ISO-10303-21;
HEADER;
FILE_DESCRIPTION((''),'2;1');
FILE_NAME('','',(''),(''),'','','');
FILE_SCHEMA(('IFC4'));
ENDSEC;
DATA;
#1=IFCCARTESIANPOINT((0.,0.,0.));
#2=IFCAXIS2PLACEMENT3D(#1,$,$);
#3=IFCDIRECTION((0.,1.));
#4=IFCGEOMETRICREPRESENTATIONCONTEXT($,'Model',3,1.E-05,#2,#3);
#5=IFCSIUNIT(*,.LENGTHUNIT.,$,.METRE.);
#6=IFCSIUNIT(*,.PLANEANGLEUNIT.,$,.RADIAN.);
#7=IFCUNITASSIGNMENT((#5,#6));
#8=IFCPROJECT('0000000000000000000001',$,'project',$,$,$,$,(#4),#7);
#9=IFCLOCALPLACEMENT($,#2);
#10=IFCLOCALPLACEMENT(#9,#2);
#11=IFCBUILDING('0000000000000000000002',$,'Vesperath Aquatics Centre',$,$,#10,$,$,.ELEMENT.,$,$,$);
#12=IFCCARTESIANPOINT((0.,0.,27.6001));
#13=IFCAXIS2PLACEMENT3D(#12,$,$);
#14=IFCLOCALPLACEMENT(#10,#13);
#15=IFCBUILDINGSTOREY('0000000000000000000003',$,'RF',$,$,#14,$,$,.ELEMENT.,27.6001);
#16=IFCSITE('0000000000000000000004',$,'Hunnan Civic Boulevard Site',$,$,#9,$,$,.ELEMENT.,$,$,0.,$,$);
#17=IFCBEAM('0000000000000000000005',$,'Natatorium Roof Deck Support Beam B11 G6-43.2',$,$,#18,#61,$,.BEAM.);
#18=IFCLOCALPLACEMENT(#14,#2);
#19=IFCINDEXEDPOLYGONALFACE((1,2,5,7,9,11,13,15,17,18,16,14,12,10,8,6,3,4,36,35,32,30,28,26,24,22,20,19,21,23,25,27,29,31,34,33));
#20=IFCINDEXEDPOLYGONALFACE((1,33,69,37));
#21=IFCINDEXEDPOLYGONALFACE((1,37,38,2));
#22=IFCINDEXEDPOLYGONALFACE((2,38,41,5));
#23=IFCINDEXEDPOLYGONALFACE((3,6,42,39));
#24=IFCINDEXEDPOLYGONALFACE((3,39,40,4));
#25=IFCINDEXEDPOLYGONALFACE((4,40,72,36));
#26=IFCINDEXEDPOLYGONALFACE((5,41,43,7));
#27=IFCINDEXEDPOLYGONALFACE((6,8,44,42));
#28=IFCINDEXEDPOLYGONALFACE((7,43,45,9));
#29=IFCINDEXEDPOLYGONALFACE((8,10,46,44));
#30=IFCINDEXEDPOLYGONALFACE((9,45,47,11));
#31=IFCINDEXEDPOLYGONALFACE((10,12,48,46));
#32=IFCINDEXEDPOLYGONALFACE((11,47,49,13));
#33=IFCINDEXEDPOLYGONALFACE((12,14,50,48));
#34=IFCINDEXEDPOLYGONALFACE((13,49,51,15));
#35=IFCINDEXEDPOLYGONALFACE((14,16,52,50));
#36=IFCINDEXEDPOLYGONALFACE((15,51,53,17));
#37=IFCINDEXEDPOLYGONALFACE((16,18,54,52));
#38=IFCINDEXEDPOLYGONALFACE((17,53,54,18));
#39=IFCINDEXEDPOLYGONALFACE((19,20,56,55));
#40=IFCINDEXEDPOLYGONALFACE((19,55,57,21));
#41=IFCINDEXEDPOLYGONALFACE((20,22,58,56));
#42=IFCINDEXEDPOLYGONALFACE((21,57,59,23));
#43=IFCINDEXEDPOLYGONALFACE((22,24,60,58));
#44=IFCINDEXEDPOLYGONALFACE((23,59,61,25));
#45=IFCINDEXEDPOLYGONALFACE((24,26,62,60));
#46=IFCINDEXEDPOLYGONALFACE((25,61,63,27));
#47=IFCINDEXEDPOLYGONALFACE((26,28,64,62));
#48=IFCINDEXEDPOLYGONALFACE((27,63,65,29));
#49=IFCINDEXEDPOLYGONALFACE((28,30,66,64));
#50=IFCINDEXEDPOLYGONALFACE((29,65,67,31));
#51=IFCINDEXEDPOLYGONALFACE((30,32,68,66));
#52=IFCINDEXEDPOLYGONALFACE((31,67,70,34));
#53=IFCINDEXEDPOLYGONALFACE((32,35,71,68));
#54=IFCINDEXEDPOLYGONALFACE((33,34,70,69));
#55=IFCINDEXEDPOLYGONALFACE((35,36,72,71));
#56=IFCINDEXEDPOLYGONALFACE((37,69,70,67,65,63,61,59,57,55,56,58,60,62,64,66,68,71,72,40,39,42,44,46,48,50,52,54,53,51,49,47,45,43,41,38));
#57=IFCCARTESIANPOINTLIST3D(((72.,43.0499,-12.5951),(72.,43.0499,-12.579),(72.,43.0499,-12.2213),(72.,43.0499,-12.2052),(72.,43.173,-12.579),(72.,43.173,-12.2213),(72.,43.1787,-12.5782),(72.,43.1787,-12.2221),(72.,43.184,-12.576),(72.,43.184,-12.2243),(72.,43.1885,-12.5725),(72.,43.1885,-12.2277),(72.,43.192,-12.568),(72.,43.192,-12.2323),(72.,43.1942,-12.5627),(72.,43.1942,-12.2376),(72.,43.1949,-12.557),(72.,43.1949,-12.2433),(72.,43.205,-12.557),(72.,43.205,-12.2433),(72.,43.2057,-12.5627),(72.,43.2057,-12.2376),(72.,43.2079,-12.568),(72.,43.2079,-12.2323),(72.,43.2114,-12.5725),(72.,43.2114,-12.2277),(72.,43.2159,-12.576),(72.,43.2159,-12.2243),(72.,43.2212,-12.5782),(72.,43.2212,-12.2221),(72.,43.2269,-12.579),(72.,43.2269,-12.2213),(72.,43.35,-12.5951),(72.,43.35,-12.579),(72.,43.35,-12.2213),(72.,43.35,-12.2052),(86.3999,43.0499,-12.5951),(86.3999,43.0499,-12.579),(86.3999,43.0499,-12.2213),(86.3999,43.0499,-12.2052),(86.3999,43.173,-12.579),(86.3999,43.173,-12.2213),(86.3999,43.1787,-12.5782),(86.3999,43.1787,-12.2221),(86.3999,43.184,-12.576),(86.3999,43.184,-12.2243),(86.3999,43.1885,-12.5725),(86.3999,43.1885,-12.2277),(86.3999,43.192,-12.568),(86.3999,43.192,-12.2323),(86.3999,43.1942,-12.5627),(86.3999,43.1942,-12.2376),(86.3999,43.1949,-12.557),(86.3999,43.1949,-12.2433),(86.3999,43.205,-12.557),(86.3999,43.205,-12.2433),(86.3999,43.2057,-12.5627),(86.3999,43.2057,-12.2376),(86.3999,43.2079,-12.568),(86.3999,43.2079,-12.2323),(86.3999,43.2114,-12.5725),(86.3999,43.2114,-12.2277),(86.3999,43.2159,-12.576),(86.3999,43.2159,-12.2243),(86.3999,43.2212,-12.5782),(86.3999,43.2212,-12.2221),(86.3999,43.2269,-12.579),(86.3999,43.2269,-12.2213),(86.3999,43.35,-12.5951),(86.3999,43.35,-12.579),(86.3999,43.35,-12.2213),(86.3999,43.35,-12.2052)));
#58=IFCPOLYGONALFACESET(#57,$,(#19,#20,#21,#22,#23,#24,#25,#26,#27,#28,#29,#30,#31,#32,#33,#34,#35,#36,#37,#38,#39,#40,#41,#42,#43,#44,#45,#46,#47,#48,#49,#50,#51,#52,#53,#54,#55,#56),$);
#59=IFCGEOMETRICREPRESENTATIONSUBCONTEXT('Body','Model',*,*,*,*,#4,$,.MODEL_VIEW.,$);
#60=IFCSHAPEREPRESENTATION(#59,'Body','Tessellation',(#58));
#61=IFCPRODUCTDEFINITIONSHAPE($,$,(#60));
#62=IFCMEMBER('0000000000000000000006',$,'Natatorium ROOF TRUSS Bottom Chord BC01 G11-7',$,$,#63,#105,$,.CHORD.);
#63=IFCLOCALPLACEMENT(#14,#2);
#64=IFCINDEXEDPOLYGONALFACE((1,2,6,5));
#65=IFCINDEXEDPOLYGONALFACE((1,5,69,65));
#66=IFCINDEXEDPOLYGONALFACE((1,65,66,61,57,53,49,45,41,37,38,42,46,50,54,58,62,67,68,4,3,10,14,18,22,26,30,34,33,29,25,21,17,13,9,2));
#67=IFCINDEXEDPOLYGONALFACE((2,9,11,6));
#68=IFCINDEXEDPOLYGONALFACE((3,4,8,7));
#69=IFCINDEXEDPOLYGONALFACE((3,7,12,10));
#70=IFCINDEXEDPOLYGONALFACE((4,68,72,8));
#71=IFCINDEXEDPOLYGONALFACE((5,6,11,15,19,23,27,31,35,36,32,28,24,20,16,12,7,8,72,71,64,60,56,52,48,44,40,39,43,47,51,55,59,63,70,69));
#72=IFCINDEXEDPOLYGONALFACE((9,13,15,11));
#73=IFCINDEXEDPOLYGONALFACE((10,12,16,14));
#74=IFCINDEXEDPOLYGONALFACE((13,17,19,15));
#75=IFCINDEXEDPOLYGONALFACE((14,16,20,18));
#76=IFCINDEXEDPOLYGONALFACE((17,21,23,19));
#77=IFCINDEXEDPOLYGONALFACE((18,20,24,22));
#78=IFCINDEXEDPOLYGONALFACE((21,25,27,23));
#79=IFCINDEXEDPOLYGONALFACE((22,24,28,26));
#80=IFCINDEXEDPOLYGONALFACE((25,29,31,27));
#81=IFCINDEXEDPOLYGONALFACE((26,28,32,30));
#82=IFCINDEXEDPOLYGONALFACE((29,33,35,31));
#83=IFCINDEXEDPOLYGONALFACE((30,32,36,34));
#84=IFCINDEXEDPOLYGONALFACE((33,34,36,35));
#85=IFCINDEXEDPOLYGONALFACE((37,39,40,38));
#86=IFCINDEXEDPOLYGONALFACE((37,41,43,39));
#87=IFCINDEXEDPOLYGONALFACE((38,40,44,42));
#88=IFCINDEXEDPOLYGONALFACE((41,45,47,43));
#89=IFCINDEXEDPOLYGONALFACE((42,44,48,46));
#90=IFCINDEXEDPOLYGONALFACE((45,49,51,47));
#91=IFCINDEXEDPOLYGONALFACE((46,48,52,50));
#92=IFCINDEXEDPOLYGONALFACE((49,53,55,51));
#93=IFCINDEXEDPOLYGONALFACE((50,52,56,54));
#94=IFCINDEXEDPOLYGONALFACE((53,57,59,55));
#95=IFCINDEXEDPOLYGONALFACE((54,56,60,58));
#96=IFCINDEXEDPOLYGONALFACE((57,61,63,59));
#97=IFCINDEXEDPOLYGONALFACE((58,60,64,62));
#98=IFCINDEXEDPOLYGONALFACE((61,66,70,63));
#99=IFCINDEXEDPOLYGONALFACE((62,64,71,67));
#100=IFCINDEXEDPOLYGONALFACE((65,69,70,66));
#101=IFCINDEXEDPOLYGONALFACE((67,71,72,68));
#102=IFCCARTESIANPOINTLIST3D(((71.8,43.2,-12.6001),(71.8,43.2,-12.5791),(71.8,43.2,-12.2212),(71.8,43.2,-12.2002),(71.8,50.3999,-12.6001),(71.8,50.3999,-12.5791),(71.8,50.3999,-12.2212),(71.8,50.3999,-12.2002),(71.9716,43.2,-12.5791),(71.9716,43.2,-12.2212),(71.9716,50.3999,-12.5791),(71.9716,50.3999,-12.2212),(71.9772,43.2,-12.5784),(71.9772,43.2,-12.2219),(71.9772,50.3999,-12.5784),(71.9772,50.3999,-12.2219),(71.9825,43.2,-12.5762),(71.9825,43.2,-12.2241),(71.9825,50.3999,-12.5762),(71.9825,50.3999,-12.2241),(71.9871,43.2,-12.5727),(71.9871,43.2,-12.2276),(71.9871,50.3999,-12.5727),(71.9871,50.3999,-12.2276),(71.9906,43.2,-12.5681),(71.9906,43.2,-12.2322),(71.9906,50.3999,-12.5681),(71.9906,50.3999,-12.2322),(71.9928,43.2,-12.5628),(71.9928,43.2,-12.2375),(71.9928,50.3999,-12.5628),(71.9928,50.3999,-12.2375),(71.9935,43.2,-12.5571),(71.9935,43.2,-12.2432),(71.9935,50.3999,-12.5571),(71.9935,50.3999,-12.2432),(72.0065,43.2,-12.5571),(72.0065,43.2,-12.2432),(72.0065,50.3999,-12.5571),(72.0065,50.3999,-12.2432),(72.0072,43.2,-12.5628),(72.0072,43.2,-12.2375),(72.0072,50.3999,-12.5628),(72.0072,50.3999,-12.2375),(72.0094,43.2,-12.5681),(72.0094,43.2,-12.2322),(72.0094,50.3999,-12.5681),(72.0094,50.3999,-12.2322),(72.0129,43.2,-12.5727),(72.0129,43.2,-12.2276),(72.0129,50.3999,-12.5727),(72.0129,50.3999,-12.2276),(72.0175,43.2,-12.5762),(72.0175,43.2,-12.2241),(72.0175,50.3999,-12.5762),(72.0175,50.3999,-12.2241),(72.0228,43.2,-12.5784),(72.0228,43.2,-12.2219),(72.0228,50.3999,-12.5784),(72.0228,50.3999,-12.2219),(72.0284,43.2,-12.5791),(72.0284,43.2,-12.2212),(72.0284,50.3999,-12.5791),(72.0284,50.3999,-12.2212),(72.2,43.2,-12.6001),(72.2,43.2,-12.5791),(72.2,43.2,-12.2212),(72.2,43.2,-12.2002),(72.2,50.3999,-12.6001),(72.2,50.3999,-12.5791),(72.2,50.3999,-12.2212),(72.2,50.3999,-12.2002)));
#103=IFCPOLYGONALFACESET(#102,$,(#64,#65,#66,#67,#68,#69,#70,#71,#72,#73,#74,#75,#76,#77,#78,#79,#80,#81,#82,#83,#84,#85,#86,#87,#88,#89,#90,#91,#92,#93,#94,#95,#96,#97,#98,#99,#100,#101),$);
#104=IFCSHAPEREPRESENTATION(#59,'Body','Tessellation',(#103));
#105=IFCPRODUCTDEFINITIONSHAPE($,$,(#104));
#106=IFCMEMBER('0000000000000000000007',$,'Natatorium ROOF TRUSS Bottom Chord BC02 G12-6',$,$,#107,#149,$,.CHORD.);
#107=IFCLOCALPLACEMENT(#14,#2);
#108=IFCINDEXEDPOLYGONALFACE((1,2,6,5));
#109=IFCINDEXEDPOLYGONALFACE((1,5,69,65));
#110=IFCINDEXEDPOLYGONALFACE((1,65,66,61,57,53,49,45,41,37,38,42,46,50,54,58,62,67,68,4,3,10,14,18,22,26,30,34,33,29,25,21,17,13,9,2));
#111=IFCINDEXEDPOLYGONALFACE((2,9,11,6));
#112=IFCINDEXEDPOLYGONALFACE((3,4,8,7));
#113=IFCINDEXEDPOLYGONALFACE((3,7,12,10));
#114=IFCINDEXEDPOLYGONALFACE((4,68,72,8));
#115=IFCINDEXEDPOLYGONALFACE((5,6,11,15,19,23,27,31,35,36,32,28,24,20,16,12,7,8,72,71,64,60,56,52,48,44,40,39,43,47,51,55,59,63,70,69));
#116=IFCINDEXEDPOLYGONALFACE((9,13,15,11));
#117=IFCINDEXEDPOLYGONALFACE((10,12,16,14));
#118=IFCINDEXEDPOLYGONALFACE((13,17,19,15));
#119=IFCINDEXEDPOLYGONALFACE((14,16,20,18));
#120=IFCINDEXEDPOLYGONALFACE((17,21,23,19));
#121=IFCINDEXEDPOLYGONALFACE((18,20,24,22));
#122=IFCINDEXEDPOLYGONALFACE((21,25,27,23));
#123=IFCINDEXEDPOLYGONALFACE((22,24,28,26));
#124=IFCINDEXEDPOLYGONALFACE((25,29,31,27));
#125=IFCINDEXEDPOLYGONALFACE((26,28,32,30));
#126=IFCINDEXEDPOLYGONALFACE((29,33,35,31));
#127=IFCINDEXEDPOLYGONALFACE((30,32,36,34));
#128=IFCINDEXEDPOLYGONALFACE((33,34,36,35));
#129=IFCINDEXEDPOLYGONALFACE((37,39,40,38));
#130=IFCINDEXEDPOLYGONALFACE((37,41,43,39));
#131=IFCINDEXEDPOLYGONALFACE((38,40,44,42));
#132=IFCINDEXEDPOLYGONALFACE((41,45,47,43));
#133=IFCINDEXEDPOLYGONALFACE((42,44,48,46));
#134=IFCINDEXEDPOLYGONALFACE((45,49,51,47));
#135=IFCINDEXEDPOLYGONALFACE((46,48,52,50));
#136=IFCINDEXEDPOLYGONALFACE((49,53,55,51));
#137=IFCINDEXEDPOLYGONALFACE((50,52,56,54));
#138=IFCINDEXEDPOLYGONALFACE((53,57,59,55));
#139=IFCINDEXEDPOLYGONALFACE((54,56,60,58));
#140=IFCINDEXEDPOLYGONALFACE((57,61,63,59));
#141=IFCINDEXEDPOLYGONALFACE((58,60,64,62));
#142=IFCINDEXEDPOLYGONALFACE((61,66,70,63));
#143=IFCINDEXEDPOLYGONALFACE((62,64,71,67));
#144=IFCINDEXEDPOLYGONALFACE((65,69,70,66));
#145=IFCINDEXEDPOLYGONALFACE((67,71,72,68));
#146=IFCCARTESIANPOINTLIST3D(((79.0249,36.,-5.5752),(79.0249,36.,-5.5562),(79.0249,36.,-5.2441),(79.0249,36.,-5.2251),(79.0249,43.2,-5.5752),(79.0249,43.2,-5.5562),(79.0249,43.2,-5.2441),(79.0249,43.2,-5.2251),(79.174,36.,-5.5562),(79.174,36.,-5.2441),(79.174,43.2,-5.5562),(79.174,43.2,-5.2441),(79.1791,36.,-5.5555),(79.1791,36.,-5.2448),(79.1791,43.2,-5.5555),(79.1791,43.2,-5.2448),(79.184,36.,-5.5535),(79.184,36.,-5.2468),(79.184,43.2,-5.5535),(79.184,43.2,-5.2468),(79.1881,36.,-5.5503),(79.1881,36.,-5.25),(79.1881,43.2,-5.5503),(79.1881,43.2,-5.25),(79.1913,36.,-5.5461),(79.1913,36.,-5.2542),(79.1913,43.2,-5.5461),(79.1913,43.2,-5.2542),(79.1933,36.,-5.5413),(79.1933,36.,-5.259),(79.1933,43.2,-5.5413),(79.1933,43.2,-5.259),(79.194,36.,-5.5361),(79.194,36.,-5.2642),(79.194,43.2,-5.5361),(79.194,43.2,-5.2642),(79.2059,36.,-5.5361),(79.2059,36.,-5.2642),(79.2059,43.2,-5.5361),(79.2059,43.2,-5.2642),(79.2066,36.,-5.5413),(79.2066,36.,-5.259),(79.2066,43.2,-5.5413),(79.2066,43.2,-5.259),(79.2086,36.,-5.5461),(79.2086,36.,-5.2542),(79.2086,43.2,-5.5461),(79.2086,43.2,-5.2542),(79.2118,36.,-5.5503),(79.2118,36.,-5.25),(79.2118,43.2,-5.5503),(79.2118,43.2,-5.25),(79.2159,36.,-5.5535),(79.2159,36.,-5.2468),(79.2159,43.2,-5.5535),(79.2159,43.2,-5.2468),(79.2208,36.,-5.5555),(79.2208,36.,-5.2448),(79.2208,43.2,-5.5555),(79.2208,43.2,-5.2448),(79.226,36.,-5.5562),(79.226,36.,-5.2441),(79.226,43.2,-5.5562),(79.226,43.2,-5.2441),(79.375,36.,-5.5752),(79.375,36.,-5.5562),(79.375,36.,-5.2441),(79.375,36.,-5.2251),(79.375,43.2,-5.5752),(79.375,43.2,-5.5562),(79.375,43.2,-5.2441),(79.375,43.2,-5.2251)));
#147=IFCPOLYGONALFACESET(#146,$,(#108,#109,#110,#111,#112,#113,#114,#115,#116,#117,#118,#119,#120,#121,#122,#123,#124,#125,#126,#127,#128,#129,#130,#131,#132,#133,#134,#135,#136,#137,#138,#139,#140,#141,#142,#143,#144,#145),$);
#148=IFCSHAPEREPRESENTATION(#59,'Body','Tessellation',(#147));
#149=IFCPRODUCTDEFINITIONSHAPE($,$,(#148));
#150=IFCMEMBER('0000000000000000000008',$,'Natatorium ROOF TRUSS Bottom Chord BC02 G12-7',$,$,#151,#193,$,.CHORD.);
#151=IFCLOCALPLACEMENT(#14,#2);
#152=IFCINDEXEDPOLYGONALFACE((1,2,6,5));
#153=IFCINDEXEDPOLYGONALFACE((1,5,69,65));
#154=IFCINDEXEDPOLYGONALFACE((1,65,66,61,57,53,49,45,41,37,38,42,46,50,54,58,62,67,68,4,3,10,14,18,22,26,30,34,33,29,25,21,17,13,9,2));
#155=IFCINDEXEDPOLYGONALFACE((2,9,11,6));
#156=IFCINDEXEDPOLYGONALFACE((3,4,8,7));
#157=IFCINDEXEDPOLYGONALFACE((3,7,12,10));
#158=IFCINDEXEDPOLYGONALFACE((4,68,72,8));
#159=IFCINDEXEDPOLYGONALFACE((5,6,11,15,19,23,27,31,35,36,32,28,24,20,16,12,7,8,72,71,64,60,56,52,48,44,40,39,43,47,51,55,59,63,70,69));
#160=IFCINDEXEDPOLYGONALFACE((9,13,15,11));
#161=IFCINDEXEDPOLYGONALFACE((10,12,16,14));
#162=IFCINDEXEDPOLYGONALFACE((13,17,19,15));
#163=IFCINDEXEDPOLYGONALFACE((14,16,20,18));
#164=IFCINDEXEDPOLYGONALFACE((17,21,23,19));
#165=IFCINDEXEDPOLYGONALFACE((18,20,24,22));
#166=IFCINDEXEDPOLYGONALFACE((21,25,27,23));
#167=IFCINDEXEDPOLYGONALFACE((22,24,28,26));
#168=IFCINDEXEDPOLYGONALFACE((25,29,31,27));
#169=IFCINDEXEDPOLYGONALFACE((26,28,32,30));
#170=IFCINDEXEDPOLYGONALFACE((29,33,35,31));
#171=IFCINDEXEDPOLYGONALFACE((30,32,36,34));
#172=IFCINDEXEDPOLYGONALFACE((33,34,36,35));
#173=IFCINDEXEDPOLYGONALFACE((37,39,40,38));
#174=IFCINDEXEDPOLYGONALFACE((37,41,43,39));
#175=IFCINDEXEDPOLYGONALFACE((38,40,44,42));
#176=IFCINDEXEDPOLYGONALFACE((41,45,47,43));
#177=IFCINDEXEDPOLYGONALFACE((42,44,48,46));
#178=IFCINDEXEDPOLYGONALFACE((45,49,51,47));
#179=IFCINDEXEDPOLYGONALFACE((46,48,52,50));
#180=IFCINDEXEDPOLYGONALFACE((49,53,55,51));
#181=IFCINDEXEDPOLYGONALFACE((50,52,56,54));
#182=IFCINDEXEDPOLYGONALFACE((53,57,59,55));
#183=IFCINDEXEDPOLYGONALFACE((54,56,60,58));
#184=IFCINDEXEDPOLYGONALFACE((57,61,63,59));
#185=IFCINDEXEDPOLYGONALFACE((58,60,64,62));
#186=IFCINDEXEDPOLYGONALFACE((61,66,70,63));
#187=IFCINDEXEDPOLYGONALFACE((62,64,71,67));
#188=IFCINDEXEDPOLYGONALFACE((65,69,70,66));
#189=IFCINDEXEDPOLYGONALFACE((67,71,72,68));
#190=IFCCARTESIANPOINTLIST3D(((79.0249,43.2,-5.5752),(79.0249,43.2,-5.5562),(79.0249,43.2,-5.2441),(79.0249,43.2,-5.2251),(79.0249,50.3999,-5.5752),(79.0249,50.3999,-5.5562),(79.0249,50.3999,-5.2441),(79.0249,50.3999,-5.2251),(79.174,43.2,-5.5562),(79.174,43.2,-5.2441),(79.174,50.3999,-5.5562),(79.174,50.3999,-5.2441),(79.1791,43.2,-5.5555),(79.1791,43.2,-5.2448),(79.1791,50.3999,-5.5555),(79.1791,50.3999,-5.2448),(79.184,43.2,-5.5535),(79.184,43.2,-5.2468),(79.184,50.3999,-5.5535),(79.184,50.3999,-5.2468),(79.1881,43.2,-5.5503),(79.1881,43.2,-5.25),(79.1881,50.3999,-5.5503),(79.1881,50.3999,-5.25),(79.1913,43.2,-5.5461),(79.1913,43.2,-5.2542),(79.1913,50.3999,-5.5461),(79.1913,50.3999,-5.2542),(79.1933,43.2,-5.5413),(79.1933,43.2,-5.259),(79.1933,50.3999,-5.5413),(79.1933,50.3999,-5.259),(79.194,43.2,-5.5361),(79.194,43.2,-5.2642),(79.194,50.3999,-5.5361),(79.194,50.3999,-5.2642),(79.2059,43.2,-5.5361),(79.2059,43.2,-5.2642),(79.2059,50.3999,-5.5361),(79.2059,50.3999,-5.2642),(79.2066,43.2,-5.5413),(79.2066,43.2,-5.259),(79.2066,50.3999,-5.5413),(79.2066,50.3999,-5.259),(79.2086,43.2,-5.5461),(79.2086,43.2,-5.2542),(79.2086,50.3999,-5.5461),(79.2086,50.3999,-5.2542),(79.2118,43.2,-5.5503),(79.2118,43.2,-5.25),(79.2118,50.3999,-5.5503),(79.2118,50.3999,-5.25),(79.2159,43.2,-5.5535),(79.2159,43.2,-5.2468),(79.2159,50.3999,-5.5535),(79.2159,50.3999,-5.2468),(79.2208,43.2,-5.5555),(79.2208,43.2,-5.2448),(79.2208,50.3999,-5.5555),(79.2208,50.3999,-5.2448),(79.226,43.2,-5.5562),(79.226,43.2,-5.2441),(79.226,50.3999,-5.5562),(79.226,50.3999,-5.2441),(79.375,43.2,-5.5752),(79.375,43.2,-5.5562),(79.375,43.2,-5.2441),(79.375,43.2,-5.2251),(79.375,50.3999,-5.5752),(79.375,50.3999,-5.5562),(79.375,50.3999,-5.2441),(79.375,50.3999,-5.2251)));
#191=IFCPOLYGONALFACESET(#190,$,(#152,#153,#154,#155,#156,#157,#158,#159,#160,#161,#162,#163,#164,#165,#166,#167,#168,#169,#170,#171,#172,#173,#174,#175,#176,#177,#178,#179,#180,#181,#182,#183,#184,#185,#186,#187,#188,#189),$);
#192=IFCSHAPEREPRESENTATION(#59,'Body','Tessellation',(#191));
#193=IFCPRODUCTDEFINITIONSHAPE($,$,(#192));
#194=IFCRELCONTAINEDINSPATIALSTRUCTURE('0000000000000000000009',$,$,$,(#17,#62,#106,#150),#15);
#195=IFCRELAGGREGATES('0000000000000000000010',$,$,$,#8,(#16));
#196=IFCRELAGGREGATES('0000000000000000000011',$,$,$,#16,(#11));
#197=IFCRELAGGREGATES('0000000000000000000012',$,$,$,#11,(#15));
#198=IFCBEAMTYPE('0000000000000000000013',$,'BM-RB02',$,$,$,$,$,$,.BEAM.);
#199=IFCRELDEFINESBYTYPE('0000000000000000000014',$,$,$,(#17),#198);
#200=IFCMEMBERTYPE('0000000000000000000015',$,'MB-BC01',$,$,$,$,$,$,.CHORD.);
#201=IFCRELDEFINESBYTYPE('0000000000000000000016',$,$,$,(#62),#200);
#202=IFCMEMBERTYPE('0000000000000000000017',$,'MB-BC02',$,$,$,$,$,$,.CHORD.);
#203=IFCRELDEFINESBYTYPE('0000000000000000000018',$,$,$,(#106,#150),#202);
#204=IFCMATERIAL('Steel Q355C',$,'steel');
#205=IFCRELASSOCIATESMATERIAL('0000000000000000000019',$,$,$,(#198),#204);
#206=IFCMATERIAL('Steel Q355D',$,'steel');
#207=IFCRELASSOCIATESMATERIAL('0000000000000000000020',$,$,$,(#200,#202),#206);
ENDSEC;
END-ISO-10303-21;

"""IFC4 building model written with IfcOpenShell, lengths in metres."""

from ifc_helpers import new_model, si_unit, direction, frame, origin, origin_2d, place, context, subcontext, project, spatial, i_section, extrude, material, material_profile, profile_set, type_object, element, save


model = new_model("IFC4")

# Units and contexts
model_context = context("Model", 3, precision=1e-05, world=origin(), true_north=direction((0.0, 1.0)))
body_context = subcontext(model_context, "Body", "Model", "MODEL_VIEW")
ifc_project = project(units=[si_unit("LENGTHUNIT", "METRE"), si_unit("PLANEANGLEUNIT", "RADIAN")], contexts=[model_context])

# Site, building, storey
site_placement = place(None, origin())
site = spatial("IfcSite", under=ifc_project, at=site_placement, Name="Hunnan Civic Boulevard Site", CompositionType="ELEMENT", RefElevation=0.0)
building_placement = place(site_placement, origin())
building = spatial("IfcBuilding", under=site, at=building_placement, Name="Vesperath Aquatics Centre", CompositionType="ELEMENT")
storey_placement = place(building_placement, frame((0.0, 0.0, 27.6001)))
storey = spatial("IfcBuildingStorey", under=building, at=storey_placement, Name="RF", CompositionType="ELEMENT", Elevation=27.6001)

# Beam
ifc_material_1 = material(Name="Steel Q355C", Category="steel")
ifc_material_profile_1 = material_profile(ifc_material_1, i_section(OverallWidth=0.3, OverallDepth=0.3899, WebThickness=0.01, FlangeThickness=0.0161, FilletRadius=0.022, at=origin_2d()), Name="HM 390x300x10x16")
ifc_profile_set_1 = profile_set([ifc_material_profile_1], Name="Steel Q355C")
beam_type = type_object("IfcBeamType", Name="BM-RB02", PredefinedType="BEAM", material=ifc_profile_set_1)
beam_placement = place(storey_placement, frame((72.0, 43.2, -12.4001), z_axis=(1.0, 0.0, 0.0), x_axis=(0.0, 1.0, 0.0)))
element("IfcBeam", 1, at=beam_placement, inside=storey, type_object=beam_type, Name="Natatorium Roof Deck Support Beam B11 G6-43.2", PredefinedType="BEAM", context=body_context, shape_type="SweptSolid", body=[
    extrude(i_section(OverallWidth=0.3, OverallDepth=0.3899, WebThickness=0.01, FlangeThickness=0.0161, FilletRadius=0.022, at=origin_2d()), origin(), (0.0, 0.0, 1.0), 14.3999),
])

# Members
ifc_material_2 = material(Name="Steel Q355D", Category="steel")
ifc_material_profile_2 = material_profile(ifc_material_2, i_section(OverallWidth=0.3999, OverallDepth=0.3999, WebThickness=0.0129, FlangeThickness=0.021, FilletRadius=0.022, at=origin_2d()), Name="HW 400x400x13x21")
ifc_profile_set_2 = profile_set([ifc_material_profile_2], Name="Steel Q355D")
member_type_1 = type_object("IfcMemberType", Name="MB-BC01", PredefinedType="CHORD", material=ifc_profile_set_2)
member_1_placement = place(storey_placement, frame((72.0, 43.2, -12.4001), z_axis=(0.0, 1.0, 0.0), x_axis=(-1.0, 0.0, 0.0)))
element("IfcMember", 2, at=member_1_placement, inside=storey, type_object=member_type_1, Name="Natatorium ROOF TRUSS Bottom Chord BC01 G11-7", PredefinedType="CHORD", context=body_context, shape_type="SweptSolid", body=[
    extrude(i_section(OverallWidth=0.3999, OverallDepth=0.3999, WebThickness=0.0129, FlangeThickness=0.021, FilletRadius=0.022, at=origin_2d()), origin(), (0.0, 0.0, 1.0), 7.2),
])
ifc_material_profile_3 = material_profile(ifc_material_2, i_section(OverallWidth=0.3501, OverallDepth=0.3501, WebThickness=0.012, FlangeThickness=0.019, FilletRadius=0.02, at=origin_2d()), Name="HW 350x350x12x19")
ifc_profile_set_3 = profile_set([ifc_material_profile_3], Name="Steel Q355D")
member_type_2 = type_object("IfcMemberType", Name="MB-BC02", PredefinedType="CHORD", material=ifc_profile_set_3)
for number, where, z_axis, x_axis, name in (
    (3, (79.2, 36.0, -5.4001), (0.0, 1.0, 0.0), (-1.0, 0.0, 0.0), "Natatorium ROOF TRUSS Bottom Chord BC02 G12-6"),
    (4, (79.2, 43.2, -5.4001), (0.0, 1.0, 0.0), (-1.0, 0.0, 0.0), "Natatorium ROOF TRUSS Bottom Chord BC02 G12-7"),
):
    element("IfcMember", number, at=place(storey_placement, frame(where, z_axis=z_axis, x_axis=x_axis)), inside=storey, type_object=member_type_2, Name=name, PredefinedType="CHORD", context=body_context, shape_type="SweptSolid", body=[
        extrude(i_section(OverallWidth=0.3501, OverallDepth=0.3501, WebThickness=0.012, FlangeThickness=0.019, FilletRadius=0.02, at=origin_2d()), origin(), (0.0, 0.0, 1.0), 7.2),
    ])

save(model, "model.ifc")
